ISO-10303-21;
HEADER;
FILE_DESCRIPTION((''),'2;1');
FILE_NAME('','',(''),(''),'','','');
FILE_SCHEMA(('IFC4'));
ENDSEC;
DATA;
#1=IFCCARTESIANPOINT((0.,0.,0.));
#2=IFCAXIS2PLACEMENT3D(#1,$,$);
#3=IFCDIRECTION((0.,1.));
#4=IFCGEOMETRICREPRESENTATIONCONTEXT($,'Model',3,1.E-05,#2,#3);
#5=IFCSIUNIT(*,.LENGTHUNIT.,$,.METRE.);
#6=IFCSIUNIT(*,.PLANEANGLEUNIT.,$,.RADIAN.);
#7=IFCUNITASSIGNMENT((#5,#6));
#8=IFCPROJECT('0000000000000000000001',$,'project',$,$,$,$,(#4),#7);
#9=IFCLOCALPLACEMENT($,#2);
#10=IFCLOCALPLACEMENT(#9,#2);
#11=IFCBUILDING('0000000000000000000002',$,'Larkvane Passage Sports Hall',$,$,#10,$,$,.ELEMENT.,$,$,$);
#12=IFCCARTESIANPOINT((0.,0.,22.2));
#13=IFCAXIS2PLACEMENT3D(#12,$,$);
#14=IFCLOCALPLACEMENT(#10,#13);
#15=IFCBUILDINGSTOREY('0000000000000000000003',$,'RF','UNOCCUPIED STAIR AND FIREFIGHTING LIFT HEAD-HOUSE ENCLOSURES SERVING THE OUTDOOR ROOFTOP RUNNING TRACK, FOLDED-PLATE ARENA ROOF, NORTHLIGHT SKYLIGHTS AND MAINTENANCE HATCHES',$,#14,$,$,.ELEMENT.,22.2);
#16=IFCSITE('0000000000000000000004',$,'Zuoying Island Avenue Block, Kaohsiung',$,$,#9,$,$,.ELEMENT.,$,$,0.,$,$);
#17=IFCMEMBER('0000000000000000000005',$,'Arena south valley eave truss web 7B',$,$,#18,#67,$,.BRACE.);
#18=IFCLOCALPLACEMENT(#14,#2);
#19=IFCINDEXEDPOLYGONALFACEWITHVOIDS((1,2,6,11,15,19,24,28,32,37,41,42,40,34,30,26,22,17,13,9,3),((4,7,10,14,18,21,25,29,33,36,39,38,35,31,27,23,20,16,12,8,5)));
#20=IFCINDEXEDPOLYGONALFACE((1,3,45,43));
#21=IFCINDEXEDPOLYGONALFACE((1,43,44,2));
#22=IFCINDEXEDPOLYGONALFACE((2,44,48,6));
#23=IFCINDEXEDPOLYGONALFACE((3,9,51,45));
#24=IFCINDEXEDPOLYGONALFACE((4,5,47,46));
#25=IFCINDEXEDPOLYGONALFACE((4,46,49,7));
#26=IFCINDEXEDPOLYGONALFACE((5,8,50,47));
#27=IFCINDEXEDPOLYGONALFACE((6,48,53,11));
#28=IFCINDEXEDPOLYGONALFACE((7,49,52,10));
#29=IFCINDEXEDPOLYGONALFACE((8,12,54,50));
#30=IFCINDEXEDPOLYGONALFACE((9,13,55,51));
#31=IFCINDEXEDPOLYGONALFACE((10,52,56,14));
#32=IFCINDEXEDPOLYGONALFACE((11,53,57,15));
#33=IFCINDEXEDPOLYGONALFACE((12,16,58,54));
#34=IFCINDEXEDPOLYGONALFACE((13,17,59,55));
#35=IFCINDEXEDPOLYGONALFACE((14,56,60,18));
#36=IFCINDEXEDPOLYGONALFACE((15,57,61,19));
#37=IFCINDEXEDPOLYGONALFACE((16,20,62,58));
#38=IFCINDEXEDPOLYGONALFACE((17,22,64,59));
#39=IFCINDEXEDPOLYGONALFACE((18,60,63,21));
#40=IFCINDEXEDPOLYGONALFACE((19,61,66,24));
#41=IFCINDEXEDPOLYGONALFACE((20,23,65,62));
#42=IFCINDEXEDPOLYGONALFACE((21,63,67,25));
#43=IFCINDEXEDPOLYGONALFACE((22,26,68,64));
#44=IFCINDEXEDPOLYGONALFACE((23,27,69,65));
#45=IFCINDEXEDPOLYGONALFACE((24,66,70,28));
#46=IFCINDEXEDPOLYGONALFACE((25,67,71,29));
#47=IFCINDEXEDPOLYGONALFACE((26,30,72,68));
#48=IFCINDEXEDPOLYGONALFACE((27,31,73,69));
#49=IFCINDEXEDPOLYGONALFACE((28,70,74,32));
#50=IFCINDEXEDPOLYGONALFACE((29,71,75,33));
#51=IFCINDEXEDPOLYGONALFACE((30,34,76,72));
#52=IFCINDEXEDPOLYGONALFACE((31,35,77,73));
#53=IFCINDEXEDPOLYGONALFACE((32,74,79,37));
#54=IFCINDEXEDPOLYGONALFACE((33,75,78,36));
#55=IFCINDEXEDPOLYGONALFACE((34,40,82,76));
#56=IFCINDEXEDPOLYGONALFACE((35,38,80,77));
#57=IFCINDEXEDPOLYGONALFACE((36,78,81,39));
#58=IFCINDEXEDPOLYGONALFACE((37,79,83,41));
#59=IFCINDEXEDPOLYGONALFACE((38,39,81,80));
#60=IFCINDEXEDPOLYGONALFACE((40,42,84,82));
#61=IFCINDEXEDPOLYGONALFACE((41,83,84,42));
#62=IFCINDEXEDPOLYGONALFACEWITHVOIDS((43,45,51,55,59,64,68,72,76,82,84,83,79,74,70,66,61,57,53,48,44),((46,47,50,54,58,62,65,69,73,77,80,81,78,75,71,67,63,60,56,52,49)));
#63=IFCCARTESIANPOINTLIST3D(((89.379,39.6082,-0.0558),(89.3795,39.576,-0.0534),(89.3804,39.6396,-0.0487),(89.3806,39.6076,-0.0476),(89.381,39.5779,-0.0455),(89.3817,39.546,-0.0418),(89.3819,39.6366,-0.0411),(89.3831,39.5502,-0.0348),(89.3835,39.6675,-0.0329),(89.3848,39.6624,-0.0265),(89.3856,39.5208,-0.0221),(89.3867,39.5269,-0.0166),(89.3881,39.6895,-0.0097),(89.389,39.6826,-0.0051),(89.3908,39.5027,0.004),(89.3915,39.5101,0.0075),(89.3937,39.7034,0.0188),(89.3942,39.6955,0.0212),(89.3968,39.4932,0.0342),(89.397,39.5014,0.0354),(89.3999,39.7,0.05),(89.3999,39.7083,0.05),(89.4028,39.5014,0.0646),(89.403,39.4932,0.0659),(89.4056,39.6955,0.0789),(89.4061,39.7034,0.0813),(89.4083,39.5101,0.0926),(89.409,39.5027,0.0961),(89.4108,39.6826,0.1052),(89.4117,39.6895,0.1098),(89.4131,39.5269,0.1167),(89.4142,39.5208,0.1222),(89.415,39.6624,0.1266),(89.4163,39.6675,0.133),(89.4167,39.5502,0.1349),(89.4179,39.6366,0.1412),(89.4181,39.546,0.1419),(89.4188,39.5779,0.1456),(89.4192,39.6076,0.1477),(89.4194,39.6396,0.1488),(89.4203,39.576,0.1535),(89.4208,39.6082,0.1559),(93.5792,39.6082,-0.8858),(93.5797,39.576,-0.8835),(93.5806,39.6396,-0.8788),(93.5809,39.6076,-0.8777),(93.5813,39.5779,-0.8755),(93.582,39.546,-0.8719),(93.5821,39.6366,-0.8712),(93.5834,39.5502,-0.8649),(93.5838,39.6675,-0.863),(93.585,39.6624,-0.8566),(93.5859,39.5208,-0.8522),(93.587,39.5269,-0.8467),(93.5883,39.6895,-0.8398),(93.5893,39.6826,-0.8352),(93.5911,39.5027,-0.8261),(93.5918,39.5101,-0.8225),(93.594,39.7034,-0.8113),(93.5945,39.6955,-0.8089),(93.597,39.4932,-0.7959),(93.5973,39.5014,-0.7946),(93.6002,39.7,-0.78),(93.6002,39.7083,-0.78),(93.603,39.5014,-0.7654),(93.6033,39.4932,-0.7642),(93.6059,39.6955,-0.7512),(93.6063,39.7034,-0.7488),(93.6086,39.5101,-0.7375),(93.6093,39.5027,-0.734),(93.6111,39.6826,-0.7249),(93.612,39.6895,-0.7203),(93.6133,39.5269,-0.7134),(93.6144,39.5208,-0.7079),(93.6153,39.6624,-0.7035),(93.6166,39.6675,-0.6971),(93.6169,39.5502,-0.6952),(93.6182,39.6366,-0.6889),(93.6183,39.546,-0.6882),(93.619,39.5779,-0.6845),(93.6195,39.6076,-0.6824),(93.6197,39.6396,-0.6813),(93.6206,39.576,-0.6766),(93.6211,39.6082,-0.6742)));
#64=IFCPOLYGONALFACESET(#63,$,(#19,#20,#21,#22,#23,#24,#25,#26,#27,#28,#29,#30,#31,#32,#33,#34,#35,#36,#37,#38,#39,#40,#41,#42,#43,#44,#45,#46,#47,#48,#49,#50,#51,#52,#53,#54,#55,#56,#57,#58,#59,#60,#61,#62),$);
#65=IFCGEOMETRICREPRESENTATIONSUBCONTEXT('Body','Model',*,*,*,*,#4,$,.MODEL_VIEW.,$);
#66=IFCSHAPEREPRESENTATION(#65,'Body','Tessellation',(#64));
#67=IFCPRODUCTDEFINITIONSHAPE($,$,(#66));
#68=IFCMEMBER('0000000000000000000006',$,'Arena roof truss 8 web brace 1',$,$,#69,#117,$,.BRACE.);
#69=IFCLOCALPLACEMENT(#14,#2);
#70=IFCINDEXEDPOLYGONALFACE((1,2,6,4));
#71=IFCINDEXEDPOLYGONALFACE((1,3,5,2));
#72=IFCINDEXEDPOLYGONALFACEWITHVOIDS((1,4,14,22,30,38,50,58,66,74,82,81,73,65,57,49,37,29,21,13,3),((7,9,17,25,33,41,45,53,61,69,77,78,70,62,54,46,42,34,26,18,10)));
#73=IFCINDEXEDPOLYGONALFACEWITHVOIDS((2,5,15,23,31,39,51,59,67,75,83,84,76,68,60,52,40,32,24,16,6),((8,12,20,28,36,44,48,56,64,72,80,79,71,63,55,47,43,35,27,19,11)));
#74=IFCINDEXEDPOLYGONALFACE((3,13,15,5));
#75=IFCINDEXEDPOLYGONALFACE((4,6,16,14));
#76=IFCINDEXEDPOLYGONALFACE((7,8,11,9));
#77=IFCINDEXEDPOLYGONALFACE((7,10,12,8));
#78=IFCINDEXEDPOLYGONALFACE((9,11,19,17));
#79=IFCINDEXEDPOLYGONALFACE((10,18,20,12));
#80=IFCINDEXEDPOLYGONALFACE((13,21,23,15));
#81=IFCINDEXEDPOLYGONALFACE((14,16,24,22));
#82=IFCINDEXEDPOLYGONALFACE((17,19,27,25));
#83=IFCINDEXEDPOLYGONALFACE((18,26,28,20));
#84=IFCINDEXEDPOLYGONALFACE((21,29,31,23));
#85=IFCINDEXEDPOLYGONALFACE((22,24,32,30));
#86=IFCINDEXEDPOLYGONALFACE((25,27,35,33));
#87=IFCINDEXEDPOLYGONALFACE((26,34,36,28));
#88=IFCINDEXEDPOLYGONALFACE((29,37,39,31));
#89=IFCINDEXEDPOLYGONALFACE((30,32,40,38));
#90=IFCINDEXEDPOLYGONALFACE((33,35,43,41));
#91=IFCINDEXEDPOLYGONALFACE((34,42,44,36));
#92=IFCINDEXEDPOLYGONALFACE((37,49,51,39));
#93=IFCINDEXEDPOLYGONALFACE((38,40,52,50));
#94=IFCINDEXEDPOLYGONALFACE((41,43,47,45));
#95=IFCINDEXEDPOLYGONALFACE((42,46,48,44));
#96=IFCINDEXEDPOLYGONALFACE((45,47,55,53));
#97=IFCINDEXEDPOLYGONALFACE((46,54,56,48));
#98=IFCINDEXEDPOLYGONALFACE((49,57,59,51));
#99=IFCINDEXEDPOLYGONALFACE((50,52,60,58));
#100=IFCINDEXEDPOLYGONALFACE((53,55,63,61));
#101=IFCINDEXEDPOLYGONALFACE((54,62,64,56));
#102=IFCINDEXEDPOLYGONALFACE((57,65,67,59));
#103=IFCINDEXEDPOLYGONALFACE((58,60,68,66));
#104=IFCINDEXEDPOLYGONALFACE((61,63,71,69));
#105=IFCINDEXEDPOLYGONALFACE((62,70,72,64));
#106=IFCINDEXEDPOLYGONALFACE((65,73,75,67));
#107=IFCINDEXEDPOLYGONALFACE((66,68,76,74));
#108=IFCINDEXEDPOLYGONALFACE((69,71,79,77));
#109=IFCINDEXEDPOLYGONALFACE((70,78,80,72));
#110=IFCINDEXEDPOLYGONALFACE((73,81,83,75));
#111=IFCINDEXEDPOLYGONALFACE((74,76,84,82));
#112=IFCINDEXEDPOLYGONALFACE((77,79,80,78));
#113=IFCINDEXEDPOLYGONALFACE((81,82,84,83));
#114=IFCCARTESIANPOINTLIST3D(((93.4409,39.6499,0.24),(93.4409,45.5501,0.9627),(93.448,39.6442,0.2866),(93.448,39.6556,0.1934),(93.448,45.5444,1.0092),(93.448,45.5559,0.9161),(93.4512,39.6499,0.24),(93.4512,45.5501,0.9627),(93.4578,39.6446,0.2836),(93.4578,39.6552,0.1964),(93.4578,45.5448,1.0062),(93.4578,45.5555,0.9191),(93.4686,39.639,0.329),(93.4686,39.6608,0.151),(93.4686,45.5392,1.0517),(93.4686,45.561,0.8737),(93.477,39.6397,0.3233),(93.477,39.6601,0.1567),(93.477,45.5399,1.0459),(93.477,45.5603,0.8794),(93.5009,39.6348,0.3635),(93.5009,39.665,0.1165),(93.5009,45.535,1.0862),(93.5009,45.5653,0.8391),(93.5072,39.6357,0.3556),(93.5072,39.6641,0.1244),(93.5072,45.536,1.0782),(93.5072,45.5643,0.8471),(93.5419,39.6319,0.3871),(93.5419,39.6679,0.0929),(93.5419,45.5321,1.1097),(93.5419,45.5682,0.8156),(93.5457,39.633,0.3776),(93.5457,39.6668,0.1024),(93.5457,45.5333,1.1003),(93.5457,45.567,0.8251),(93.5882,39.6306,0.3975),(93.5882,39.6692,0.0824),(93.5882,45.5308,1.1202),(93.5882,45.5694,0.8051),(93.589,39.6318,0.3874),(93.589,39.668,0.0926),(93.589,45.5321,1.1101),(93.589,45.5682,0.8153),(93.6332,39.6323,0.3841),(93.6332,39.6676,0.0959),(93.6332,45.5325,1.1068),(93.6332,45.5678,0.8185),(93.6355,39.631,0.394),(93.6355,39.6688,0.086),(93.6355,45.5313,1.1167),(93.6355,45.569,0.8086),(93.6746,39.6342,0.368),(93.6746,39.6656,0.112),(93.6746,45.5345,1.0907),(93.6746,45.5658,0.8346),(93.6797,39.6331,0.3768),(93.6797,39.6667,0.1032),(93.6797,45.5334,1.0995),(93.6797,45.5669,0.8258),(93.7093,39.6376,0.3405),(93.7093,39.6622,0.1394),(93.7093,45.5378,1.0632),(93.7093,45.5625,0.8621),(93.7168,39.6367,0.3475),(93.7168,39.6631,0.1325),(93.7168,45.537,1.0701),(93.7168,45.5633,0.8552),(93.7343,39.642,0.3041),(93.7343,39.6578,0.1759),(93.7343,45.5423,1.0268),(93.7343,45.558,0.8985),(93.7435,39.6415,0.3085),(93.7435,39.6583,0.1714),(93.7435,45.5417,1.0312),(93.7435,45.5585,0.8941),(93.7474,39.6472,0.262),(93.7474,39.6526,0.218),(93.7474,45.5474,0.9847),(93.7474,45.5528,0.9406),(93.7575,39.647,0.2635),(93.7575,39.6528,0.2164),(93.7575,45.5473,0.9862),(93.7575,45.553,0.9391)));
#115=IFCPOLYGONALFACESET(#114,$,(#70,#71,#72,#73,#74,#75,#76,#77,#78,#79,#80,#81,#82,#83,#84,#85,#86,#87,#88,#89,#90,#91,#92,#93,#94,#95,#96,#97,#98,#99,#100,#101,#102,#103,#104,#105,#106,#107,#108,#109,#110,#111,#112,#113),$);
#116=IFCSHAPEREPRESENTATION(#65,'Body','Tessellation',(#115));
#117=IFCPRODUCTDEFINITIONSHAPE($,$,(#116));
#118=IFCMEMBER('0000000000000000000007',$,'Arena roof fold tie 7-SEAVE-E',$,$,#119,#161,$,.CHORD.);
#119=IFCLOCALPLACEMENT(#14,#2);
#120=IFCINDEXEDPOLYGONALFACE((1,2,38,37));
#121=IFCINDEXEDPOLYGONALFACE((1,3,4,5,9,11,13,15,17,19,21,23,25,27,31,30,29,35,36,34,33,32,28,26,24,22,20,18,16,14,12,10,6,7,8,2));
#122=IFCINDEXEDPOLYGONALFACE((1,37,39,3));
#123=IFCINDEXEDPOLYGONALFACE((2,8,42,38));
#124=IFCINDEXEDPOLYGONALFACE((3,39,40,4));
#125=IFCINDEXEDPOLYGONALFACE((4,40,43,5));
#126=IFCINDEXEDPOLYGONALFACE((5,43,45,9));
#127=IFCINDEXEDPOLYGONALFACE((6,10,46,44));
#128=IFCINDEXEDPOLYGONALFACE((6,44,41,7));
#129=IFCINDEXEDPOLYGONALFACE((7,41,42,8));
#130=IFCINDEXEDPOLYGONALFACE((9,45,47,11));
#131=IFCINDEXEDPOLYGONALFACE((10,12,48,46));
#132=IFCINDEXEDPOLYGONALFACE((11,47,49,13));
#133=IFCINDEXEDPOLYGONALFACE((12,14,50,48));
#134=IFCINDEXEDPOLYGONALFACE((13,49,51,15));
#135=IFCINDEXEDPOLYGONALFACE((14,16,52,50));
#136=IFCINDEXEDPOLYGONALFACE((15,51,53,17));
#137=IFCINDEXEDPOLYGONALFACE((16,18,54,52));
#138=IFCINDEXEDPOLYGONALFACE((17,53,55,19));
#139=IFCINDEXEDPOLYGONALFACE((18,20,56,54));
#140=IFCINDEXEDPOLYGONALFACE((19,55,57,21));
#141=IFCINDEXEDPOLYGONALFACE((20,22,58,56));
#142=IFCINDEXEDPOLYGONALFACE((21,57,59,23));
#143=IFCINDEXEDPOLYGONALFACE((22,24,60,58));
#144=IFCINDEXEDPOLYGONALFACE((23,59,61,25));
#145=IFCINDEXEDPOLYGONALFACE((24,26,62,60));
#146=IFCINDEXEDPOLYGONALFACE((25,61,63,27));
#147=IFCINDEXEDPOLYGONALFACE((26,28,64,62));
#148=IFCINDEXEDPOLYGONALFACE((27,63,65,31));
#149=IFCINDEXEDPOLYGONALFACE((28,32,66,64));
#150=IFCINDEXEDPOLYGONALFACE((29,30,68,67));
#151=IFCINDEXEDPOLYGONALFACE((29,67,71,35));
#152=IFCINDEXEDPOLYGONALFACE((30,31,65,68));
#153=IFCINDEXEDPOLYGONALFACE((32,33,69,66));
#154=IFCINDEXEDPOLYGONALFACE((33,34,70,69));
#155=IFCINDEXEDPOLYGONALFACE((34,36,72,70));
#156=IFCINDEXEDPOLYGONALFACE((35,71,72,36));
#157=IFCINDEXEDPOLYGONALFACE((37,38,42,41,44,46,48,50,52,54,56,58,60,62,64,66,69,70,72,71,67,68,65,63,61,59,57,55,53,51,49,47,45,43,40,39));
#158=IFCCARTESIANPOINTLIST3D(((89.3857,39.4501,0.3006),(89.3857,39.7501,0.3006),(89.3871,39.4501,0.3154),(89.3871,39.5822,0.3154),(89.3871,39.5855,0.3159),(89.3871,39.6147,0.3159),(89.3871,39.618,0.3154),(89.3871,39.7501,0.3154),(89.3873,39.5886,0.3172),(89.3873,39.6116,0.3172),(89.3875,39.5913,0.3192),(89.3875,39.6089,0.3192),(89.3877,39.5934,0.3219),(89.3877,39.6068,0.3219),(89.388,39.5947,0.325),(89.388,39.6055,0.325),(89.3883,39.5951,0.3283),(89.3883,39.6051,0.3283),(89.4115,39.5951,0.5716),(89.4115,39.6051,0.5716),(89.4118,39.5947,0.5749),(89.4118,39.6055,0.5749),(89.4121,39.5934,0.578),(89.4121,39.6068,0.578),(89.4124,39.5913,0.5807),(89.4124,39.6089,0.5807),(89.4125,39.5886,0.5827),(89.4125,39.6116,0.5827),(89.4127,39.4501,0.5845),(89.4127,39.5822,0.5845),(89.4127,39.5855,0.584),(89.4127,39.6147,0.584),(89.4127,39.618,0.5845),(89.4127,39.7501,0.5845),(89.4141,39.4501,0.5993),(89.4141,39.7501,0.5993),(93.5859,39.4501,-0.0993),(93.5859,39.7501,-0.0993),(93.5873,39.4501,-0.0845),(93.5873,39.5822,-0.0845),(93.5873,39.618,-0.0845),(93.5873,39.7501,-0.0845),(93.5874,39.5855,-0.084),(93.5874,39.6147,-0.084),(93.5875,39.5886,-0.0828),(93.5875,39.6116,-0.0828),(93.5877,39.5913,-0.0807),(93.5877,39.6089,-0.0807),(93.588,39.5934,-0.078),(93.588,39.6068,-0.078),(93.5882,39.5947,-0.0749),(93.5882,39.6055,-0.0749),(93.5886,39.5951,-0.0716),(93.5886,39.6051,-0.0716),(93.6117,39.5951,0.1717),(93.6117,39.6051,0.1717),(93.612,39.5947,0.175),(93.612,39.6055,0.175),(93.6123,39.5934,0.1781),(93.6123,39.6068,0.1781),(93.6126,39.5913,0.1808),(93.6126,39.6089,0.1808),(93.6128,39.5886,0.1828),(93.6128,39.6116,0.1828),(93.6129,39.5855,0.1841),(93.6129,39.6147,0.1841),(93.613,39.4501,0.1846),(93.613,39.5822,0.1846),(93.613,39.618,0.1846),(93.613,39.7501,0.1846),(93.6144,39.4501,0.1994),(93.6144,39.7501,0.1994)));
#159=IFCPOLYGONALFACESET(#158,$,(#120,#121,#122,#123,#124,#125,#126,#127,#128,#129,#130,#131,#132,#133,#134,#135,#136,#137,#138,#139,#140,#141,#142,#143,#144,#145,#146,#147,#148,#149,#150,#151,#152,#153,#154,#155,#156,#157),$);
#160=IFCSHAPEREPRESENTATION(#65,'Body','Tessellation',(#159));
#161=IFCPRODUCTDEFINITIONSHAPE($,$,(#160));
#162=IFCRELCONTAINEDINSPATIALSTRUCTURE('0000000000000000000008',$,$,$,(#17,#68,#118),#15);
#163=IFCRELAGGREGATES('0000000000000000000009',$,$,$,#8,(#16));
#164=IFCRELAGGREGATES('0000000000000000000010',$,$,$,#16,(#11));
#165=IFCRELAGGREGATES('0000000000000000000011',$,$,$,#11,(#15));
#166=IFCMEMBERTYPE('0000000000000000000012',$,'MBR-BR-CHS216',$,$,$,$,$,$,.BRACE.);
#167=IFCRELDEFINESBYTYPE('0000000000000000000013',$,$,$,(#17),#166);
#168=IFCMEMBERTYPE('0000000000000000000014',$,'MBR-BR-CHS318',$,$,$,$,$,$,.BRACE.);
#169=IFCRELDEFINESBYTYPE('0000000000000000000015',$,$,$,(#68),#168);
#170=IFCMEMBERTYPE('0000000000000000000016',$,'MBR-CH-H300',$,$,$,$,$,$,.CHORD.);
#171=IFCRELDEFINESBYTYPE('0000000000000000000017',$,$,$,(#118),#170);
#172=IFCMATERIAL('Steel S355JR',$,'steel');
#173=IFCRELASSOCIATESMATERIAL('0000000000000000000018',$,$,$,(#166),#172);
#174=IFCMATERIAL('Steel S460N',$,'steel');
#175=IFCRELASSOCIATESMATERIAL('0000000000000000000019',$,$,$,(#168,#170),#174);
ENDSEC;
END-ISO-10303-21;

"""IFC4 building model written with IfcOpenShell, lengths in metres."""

from ifc_helpers import new_model, si_unit, direction, frame, origin, origin_2d, place, context, subcontext, project, spatial, hollow_circle, i_section, extrude, material, material_profile, profile_set, type_object, element, save


model = new_model("IFC4")

# Units and contexts
model_context = context("Model", 3, precision=1e-05, world=origin(), true_north=direction((0.0, 1.0)))
body_context = subcontext(model_context, "Body", "Model", "MODEL_VIEW")
ifc_project = project(units=[si_unit("LENGTHUNIT", "METRE"), si_unit("PLANEANGLEUNIT", "RADIAN")], contexts=[model_context])

# Site, building, storey
site_placement = place(None, origin())
site = spatial("IfcSite", under=ifc_project, at=site_placement, Name="Zuoying Island Avenue Block, Kaohsiung", CompositionType="ELEMENT", RefElevation=0.0)
building_placement = place(site_placement, origin())
building = spatial("IfcBuilding", under=site, at=building_placement, Name="Larkvane Passage Sports Hall", CompositionType="ELEMENT")
storey_placement = place(building_placement, frame((0.0, 0.0, 22.2)))
storey = spatial("IfcBuildingStorey", under=building, at=storey_placement, Name="RF", Description="UNOCCUPIED STAIR AND FIREFIGHTING LIFT HEAD-HOUSE ENCLOSURES SERVING THE OUTDOOR ROOFTOP RUNNING TRACK, FOLDED-PLATE ARENA ROOF, NORTHLIGHT SKYLIGHTS AND MAINTENANCE HATCHES", CompositionType="ELEMENT", Elevation=22.2)

# Members
ifc_material_1 = material(Name="Steel S355JR", Category="steel")
ifc_material_profile_1 = material_profile(ifc_material_1, hollow_circle(Radius=0.1082, WallThickness=0.0083, at=origin_2d()), Name="CHS-216.3x8.2")
ifc_profile_set_1 = profile_set([ifc_material_profile_1], Name="Steel S355JR")
member_type_1 = type_object("IfcMemberType", Name="MBR-BR-CHS216", PredefinedType="BRACE", material=ifc_profile_set_1)
member_1_placement = place(storey_placement, frame((89.3999, 39.6001, 0.05), z_axis=(0.981026, 0.0, -0.193879), x_axis=(0.0, 1.0, 0.0)))
element("IfcMember", 1, at=member_1_placement, inside=storey, type_object=member_type_1, Name="Arena south valley eave truss web 7B", PredefinedType="BRACE", context=body_context, shape_type="SweptSolid", body=[
    extrude(hollow_circle(Radius=0.1082, WallThickness=0.0083, at=origin_2d()), origin(), (0.0, 0.0, 1.0), 4.2815),
])
ifc_material_2 = material(Name="Steel S460N", Category="steel")
ifc_material_profile_2 = material_profile(ifc_material_2, hollow_circle(Radius=0.1592, WallThickness=0.0103, at=origin_2d()), Name="CHS-318.5x10.3")
ifc_profile_set_2 = profile_set([ifc_material_profile_2], Name="Steel S460N")
member_type_2 = type_object("IfcMemberType", Name="MBR-BR-CHS318", PredefinedType="BRACE", material=ifc_profile_set_2)
member_2_placement = place(storey_placement, frame((93.6001, 39.6499, 0.24), z_axis=(0.0, 0.992583, 0.121573), x_axis=(-1.0, 0.0, 0.0)))
element("IfcMember", 2, at=member_2_placement, inside=storey, type_object=member_type_2, Name="Arena roof truss 8 web brace 1", PredefinedType="BRACE", context=body_context, shape_type="SweptSolid", body=[
    extrude(hollow_circle(Radius=0.1592, WallThickness=0.0103, at=origin_2d()), origin(), (0.0, 0.0, 1.0), 5.9443),
])
ifc_material_profile_3 = material_profile(ifc_material_2, i_section(OverallWidth=0.3, OverallDepth=0.3, WebThickness=0.01, FlangeThickness=0.0149, FilletRadius=0.0129, at=origin_2d()), Name="H-300x300x10x15")
ifc_profile_set_3 = profile_set([ifc_material_profile_3], Name="Steel S460N")
member_type_3 = type_object("IfcMemberType", Name="MBR-CH-H300", PredefinedType="CHORD", material=ifc_profile_set_3)
member_3_placement = place(storey_placement, frame((89.3999, 39.6001, 0.45), z_axis=(0.995498, 0.0, -0.094782), x_axis=(0.0, 1.0, 0.0)))
element("IfcMember", 3, at=member_3_placement, inside=storey, type_object=member_type_3, Name="Arena roof fold tie 7-SEAVE-E", PredefinedType="CHORD", context=body_context, shape_type="SweptSolid", body=[
    extrude(i_section(OverallWidth=0.3, OverallDepth=0.3, WebThickness=0.01, FlangeThickness=0.0149, FilletRadius=0.0129, at=origin_2d()), origin(), (0.0, 0.0, 1.0), 4.2192),
])

save(model, "model.ifc")
